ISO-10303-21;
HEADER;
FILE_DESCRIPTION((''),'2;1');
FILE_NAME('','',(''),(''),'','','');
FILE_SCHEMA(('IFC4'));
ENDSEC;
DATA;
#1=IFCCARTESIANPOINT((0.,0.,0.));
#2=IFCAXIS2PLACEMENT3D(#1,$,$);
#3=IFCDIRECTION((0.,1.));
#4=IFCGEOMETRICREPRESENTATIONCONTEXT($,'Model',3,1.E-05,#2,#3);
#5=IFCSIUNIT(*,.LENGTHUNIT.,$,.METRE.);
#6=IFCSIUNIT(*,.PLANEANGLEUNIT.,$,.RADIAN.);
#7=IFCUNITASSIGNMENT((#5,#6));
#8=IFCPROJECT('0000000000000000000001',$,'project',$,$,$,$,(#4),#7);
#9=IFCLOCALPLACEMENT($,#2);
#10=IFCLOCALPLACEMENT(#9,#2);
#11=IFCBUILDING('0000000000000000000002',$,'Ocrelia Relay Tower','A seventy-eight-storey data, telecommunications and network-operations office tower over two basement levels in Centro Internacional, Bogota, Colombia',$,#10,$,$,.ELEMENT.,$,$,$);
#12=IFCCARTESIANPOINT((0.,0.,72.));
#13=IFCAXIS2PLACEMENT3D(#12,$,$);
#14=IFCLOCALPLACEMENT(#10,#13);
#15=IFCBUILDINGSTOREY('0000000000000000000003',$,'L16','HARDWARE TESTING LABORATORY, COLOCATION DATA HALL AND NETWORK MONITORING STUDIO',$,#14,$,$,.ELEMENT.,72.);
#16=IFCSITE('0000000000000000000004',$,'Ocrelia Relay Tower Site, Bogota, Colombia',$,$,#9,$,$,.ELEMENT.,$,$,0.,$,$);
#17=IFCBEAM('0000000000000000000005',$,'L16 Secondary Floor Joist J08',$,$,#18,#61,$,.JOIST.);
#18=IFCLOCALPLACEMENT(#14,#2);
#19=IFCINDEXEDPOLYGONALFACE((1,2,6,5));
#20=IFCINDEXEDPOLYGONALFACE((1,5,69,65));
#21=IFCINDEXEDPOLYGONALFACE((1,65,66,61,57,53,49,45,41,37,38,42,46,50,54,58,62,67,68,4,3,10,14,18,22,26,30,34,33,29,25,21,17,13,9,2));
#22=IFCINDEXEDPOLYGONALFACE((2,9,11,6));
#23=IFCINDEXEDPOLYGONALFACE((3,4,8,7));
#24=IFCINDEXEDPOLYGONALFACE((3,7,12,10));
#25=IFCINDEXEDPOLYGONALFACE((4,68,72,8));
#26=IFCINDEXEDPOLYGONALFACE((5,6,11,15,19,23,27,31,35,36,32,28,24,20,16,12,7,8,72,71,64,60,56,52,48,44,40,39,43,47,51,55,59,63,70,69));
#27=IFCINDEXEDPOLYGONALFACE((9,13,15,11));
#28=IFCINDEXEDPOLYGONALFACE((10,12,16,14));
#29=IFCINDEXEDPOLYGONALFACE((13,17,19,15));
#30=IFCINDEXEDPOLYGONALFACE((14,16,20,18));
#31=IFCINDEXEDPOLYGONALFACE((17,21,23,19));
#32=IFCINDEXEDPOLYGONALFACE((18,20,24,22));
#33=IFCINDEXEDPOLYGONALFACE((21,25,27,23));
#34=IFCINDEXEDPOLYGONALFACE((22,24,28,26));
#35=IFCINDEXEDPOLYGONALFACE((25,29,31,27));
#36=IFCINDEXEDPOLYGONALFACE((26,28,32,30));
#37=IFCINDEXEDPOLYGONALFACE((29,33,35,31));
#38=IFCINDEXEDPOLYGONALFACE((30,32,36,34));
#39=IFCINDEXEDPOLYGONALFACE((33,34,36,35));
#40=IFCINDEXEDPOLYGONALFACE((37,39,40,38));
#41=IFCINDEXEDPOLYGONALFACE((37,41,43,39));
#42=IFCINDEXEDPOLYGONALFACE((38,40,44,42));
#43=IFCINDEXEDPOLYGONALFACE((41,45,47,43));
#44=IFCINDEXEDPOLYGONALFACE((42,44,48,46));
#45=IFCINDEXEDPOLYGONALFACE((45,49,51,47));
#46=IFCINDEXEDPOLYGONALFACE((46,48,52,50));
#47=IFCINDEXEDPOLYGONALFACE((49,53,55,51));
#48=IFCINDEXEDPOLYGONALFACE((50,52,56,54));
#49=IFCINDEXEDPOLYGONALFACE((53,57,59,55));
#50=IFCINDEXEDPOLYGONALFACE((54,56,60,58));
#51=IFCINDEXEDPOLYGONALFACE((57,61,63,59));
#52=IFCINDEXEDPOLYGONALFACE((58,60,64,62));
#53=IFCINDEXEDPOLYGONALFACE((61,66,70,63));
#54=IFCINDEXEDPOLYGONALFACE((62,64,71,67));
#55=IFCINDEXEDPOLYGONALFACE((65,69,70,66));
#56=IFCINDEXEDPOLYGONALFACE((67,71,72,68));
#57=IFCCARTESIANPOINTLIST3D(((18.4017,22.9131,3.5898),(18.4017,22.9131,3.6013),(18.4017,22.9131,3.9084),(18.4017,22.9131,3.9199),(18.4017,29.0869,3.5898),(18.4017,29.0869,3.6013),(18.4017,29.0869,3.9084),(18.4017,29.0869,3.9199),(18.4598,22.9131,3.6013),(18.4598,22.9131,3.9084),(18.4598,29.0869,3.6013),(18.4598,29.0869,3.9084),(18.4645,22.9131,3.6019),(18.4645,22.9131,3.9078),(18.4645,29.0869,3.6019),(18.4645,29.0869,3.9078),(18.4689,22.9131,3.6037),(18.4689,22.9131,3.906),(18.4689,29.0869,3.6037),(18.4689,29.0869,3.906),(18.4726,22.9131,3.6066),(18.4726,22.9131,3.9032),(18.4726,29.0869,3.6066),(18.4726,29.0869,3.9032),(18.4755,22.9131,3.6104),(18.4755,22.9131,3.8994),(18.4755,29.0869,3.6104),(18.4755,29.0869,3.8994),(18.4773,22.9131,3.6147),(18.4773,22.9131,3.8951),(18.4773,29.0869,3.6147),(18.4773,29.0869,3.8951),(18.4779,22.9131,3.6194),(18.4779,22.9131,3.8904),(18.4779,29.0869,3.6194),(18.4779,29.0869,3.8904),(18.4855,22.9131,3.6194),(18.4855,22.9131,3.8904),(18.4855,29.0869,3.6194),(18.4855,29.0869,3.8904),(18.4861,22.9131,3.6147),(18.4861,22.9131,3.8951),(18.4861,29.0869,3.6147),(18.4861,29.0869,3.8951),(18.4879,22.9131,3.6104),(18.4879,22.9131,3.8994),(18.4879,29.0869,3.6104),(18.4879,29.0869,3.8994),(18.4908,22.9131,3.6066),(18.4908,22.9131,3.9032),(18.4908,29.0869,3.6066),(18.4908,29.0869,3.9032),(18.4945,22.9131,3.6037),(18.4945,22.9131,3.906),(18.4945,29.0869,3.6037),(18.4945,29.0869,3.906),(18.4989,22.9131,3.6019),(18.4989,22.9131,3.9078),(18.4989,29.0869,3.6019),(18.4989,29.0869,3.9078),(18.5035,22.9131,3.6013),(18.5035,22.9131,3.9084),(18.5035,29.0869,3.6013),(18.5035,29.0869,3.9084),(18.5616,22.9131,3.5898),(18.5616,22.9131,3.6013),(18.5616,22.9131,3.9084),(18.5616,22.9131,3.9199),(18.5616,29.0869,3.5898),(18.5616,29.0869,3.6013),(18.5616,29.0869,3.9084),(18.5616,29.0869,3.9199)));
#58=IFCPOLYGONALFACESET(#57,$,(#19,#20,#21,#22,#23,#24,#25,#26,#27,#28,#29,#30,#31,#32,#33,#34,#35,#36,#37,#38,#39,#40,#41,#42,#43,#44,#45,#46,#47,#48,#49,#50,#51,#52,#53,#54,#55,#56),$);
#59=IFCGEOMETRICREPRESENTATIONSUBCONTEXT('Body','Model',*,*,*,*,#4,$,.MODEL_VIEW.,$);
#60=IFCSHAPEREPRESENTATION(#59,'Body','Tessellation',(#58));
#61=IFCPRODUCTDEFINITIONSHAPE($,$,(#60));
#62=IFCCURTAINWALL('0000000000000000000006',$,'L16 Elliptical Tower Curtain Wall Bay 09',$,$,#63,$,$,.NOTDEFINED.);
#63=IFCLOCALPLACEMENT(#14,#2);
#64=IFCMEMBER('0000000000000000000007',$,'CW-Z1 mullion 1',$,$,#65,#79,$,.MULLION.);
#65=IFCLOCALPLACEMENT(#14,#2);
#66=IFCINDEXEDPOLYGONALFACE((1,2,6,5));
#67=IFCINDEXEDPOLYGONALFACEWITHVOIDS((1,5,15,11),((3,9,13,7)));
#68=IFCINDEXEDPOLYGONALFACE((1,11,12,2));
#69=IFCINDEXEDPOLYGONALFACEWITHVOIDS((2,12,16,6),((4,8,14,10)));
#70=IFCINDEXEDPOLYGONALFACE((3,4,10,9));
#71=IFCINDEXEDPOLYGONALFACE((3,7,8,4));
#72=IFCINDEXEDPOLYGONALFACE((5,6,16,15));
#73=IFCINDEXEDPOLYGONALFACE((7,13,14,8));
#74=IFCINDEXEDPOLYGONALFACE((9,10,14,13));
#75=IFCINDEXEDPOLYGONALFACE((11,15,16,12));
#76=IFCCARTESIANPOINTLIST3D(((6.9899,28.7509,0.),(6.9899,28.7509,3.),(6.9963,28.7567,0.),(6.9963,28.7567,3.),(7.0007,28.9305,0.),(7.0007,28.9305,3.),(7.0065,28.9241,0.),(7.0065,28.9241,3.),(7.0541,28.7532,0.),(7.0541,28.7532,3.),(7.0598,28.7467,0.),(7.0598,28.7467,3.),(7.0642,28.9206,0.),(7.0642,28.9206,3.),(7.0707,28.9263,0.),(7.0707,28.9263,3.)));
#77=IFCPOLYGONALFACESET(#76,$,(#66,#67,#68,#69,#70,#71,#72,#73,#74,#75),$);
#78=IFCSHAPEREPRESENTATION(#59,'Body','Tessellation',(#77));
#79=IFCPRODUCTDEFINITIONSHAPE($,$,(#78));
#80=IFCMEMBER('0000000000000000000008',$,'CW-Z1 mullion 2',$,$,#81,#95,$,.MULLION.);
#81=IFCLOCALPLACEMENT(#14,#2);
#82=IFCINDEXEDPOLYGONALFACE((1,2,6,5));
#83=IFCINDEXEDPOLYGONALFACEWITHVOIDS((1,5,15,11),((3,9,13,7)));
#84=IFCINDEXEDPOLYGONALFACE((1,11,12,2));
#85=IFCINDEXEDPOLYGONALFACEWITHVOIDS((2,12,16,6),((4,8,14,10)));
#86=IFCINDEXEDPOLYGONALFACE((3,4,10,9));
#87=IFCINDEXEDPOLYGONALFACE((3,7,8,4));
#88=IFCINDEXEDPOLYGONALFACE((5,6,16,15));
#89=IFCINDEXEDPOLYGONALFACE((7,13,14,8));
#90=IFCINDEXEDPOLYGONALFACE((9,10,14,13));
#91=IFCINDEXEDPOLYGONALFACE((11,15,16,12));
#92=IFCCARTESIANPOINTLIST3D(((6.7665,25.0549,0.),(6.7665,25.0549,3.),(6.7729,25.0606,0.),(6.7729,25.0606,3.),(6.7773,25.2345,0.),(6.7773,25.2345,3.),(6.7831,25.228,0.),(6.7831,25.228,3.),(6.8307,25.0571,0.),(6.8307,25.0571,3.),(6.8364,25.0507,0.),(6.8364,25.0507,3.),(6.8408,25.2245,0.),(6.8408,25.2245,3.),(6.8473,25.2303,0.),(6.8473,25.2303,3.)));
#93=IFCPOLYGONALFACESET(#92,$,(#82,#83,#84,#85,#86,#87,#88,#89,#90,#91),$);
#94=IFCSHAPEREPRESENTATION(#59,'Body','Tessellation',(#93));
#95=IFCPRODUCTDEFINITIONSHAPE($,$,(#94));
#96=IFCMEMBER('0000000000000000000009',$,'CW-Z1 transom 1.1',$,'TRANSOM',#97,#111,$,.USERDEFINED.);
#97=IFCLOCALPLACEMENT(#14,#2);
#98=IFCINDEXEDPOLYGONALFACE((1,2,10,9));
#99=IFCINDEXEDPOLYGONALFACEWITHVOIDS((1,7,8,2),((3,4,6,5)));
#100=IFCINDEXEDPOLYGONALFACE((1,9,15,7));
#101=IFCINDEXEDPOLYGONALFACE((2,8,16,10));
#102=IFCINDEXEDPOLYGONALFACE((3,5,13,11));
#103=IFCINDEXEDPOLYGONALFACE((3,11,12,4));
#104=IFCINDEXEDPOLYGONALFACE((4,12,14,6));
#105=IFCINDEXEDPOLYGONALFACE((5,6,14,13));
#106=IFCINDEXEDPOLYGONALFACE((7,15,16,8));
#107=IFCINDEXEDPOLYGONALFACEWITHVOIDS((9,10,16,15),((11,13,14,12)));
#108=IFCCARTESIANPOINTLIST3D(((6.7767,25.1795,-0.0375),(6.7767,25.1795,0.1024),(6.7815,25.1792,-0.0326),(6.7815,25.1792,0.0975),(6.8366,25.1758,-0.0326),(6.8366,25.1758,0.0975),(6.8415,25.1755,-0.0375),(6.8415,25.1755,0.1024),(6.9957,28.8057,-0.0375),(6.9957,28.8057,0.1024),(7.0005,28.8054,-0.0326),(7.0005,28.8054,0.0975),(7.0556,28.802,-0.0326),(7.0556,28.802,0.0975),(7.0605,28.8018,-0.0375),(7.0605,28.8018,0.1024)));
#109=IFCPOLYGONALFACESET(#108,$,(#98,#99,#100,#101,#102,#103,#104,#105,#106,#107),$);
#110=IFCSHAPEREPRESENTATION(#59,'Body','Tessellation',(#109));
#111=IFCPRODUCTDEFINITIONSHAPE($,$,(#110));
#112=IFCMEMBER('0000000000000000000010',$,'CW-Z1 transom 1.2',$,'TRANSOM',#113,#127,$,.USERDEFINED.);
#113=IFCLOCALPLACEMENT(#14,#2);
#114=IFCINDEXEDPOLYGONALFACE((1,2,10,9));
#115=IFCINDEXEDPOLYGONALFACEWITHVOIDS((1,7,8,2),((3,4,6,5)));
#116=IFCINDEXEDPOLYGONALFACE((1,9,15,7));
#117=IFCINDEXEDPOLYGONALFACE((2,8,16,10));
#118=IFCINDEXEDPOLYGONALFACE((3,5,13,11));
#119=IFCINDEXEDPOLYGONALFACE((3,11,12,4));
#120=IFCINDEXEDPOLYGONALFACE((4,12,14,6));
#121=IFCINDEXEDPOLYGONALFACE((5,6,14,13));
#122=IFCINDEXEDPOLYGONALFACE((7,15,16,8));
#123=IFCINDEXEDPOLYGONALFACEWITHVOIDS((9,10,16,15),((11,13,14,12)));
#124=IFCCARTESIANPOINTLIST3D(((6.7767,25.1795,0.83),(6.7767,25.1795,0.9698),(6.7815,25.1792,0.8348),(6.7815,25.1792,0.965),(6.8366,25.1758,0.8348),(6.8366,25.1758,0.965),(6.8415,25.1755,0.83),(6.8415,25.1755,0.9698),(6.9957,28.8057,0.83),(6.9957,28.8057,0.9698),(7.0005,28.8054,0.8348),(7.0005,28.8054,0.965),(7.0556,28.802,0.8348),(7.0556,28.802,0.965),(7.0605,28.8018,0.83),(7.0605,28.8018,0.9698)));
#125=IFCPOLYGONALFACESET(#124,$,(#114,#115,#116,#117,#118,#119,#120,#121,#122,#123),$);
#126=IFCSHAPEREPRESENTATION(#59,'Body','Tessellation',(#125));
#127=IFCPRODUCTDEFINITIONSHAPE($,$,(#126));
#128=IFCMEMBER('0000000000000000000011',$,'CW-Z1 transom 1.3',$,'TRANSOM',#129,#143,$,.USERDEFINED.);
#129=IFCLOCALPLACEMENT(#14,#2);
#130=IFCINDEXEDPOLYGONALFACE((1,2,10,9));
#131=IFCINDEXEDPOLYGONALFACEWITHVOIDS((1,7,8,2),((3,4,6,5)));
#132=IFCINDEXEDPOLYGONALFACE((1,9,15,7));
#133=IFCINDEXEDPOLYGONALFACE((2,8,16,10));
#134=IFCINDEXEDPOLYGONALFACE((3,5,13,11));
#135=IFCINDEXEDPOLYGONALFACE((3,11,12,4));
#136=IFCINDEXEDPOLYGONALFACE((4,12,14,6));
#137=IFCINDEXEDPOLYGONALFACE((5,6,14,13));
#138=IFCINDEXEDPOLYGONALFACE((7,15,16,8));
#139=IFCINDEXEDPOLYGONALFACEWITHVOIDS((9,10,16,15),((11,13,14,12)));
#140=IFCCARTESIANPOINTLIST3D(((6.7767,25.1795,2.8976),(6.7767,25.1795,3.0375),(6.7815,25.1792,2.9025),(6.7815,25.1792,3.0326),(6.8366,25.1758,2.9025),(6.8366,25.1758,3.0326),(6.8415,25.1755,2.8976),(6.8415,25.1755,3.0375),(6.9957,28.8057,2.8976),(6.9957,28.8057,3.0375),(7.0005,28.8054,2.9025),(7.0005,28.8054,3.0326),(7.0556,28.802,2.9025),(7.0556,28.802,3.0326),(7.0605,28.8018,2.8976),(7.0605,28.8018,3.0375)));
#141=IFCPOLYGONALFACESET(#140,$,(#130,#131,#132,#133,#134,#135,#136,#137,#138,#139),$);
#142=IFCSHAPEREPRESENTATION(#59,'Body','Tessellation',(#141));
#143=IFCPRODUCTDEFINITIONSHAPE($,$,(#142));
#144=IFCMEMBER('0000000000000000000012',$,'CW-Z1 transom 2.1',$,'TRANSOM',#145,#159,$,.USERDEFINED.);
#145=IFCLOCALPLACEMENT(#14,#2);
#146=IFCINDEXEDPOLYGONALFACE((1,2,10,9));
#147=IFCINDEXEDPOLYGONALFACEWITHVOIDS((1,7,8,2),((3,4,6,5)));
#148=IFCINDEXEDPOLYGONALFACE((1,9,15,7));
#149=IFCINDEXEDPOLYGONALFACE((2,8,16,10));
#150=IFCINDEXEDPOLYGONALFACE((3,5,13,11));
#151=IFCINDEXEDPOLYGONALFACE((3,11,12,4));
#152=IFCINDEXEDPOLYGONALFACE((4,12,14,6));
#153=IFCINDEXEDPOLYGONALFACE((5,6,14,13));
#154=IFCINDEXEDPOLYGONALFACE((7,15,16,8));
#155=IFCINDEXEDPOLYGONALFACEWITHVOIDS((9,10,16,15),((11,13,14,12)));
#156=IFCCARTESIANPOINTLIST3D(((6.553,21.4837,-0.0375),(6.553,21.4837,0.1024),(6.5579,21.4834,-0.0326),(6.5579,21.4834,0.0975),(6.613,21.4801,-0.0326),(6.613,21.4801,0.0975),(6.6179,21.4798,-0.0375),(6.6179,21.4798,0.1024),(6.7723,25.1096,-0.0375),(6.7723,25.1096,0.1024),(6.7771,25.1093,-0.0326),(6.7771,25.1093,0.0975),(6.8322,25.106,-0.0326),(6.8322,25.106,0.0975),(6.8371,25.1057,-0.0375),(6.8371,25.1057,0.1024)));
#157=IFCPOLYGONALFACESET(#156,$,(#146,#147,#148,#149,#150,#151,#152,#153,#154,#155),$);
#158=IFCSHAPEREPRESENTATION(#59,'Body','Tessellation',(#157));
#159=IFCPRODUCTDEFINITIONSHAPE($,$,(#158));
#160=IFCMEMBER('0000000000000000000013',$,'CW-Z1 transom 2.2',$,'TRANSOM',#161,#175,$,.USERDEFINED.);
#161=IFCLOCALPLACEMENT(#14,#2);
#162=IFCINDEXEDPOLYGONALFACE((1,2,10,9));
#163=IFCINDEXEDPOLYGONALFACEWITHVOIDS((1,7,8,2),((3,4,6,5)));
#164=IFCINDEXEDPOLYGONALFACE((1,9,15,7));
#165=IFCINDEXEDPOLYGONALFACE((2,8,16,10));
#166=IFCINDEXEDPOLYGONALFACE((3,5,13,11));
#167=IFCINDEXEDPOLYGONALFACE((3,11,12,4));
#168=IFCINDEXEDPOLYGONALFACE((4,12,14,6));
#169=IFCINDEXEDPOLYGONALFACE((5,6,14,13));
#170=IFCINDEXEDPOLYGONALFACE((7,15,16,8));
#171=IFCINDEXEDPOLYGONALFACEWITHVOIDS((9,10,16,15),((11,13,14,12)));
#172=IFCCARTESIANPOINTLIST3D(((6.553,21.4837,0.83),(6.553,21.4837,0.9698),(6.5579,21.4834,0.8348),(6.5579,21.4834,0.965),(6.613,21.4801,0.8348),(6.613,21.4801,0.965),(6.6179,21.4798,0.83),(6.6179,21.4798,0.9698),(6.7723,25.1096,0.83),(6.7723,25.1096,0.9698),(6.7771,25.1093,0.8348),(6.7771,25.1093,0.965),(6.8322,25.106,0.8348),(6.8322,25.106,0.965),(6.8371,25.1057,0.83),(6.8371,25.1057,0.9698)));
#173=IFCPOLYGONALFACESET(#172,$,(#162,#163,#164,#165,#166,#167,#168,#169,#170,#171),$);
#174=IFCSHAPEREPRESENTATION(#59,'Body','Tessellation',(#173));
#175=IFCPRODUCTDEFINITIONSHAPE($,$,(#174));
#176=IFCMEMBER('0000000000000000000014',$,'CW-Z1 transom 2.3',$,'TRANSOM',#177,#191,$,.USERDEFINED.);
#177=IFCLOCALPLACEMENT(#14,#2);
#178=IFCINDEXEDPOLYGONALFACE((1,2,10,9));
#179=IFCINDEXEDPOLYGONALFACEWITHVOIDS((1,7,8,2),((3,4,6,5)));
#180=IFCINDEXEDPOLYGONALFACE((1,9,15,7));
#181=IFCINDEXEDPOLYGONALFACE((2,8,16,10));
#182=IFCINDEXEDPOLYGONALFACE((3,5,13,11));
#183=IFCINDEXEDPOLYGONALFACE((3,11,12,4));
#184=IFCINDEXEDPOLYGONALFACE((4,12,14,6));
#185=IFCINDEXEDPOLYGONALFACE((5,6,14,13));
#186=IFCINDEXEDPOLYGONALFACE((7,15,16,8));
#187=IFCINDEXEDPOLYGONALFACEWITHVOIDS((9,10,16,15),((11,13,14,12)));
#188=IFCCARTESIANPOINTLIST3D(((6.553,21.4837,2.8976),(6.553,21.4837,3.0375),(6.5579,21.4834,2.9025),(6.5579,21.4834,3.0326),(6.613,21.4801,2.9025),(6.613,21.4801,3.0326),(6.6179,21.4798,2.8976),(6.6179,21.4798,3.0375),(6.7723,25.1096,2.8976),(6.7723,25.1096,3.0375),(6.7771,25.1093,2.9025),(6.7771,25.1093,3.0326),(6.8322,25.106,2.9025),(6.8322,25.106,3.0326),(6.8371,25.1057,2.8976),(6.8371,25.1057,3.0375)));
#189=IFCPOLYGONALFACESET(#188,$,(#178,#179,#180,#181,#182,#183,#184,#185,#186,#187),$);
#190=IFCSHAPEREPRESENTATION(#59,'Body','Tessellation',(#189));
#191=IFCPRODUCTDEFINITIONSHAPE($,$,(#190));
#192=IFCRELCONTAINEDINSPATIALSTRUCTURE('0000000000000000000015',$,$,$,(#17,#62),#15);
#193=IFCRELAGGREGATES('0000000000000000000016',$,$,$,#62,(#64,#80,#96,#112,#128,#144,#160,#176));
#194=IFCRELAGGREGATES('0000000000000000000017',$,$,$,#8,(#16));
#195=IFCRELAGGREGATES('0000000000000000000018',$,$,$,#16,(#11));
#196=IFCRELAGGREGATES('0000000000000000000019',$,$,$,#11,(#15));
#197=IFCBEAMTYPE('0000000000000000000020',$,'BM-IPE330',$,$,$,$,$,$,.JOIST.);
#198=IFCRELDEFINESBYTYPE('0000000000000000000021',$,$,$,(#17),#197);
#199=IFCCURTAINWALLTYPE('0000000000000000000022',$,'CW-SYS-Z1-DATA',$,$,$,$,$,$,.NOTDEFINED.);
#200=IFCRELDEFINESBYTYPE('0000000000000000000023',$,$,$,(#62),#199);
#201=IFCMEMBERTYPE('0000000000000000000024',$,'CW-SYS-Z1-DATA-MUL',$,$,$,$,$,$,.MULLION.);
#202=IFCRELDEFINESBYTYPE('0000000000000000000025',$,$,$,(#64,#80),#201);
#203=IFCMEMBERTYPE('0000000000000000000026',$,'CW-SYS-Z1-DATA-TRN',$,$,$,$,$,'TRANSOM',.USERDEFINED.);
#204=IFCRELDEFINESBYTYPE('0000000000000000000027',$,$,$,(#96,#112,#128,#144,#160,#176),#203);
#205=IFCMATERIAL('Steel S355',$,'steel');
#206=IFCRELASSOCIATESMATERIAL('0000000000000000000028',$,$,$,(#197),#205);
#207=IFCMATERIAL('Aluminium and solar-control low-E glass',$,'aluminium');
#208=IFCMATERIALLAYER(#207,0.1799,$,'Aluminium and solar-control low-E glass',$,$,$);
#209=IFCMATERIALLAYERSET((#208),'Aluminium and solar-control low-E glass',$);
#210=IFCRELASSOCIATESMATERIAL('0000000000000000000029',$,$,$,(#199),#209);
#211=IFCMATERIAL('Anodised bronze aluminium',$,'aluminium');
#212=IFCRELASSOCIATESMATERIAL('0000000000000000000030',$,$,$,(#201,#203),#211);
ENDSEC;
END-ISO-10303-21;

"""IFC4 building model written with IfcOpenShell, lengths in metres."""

from ifc_helpers import new_model, si_unit, direction, frame, origin, origin_2d, place, context, subcontext, project, spatial, hollow_rectangle, i_section, extrude, material, layer, layer_set, material_profile, profile_set, type_object, element, aggregate, save


model = new_model("IFC4")

# Units and contexts
model_context = context("Model", 3, precision=1e-05, world=origin(), true_north=direction((0.0, 1.0)))
body_context = subcontext(model_context, "Body", "Model", "MODEL_VIEW")
ifc_project = project(units=[si_unit("LENGTHUNIT", "METRE"), si_unit("PLANEANGLEUNIT", "RADIAN")], contexts=[model_context])

# Site, building, storey
site_placement = place(None, origin())
site = spatial("IfcSite", under=ifc_project, at=site_placement, Name="Ocrelia Relay Tower Site, Bogota, Colombia", CompositionType="ELEMENT", RefElevation=0.0)
building_placement = place(site_placement, origin())
building = spatial("IfcBuilding", under=site, at=building_placement, Name="Ocrelia Relay Tower", Description="A seventy-eight-storey data, telecommunications and network-operations office tower over two basement levels in Centro Internacional, Bogota, Colombia", CompositionType="ELEMENT")
storey_placement = place(building_placement, frame((0.0, 0.0, 72.0)))
storey = spatial("IfcBuildingStorey", under=building, at=storey_placement, Name="L16", Description="HARDWARE TESTING LABORATORY, COLOCATION DATA HALL AND NETWORK MONITORING STUDIO", CompositionType="ELEMENT", Elevation=72.0)

# Beam
ifc_material_1 = material(Name="Steel S355", Category="steel")
ifc_material_profile_1 = material_profile(ifc_material_1, i_section(OverallWidth=0.1599, OverallDepth=0.3301, WebThickness=0.0076, FlangeThickness=0.0115, FilletRadius=0.0181, at=origin_2d()), Name="IPE 330")
ifc_profile_set_1 = profile_set([ifc_material_profile_1], Name="Steel S355")
beam_type_1 = type_object("IfcBeamType", Name="BM-IPE330", PredefinedType="JOIST", material=ifc_profile_set_1)
beam_1_placement = place(storey_placement, frame((18.4817, 29.0869, 3.7549), z_axis=(0.0, -1.0, 0.0), x_axis=(1.0, 0.0, 0.0)))
element("IfcBeam", 1, at=beam_1_placement, inside=storey, type_object=beam_type_1, Name="L16 Secondary Floor Joist J08", PredefinedType="JOIST", context=body_context, shape_type="SweptSolid", body=[
    extrude(i_section(OverallWidth=0.1599, OverallDepth=0.3301, WebThickness=0.0076, FlangeThickness=0.0115, FilletRadius=0.0181, at=origin_2d()), origin(), (0.0, 0.0, 1.0), 6.1738),
])

# Curtain wall, members
ifc_material_2 = material(Name="Aluminium and solar-control low-E glass", Category="aluminium")
ifc_layer_1 = layer(ifc_material_2, 0.1799, Name="Aluminium and solar-control low-E glass")
ifc_layer_set_1 = layer_set([ifc_layer_1], Name="Aluminium and solar-control low-E glass")
curtain_wall_type = type_object("IfcCurtainWallType", Name="CW-SYS-Z1-DATA", PredefinedType="NOTDEFINED", material=ifc_layer_set_1)
curtain_wall_placement = place(storey_placement, origin())
curtain_wall = element("IfcCurtainWall", 2, at=curtain_wall_placement, inside=storey, type_object=curtain_wall_type, Name="L16 Elliptical Tower Curtain Wall Bay 09", PredefinedType="NOTDEFINED")
ifc_material_3 = material(Name="Anodised bronze aluminium", Category="aluminium")
ifc_material_profile_2 = material_profile(ifc_material_3, hollow_rectangle(XDim=0.0701, YDim=0.1799, WallThickness=0.0061, at=origin_2d()), Name="CW-MUL-180x70")
ifc_profile_set_2 = profile_set([ifc_material_profile_2], Name="Anodised bronze aluminium")
member_type_1 = type_object("IfcMemberType", Name="CW-SYS-Z1-DATA-MUL", PredefinedType="MULLION", material=ifc_profile_set_2)
member_1_placement = place(storey_placement, frame((7.0303, 28.8386, 0.0), z_axis=(0.0, 0.0, 1.0), x_axis=(0.998178, -0.060344, 0.0)))
member_1 = element("IfcMember", 3, at=member_1_placement, type_object=member_type_1, Name="CW-Z1 mullion 1", PredefinedType="MULLION", context=body_context, shape_type="SweptSolid", body=[
    extrude(hollow_rectangle(XDim=0.0701, YDim=0.1799, WallThickness=0.0061, at=origin_2d()), origin(), (0.0, 0.0, 1.0), 3.0),
])
member_2_placement = place(storey_placement, frame((6.8069, 25.1426, 0.0), z_axis=(0.0, 0.0, 1.0), x_axis=(0.998178, -0.060344, 0.0)))
member_2 = element("IfcMember", 4, at=member_2_placement, type_object=member_type_1, Name="CW-Z1 mullion 2", PredefinedType="MULLION", context=body_context, shape_type="SweptSolid", body=[
    extrude(hollow_rectangle(XDim=0.0701, YDim=0.1799, WallThickness=0.0061, at=origin_2d()), origin(), (0.0, 0.0, 1.0), 3.0),
])
ifc_material_profile_3 = material_profile(ifc_material_3, hollow_rectangle(XDim=0.0649, YDim=0.1399, WallThickness=0.0049, at=origin_2d()), Name="CW-TRN-140x65")
ifc_profile_set_3 = profile_set([ifc_material_profile_3], Name="Anodised bronze aluminium")
member_type_2 = type_object("IfcMemberType", Name="CW-SYS-Z1-DATA-TRN", ElementType="TRANSOM", PredefinedType="USERDEFINED", material=ifc_profile_set_3)
member_3_placement = place(storey_placement, frame((7.0281, 28.8037, 0.0325), z_axis=(-0.060282, -0.998181, 0.0), x_axis=(0.998181, -0.060282, 0.0)))
member_3 = element("IfcMember", 5, at=member_3_placement, type_object=member_type_2, Name="CW-Z1 transom 1.1", ObjectType="TRANSOM", PredefinedType="USERDEFINED", context=body_context, shape_type="SweptSolid", body=[
    extrude(hollow_rectangle(XDim=0.0649, YDim=0.1399, WallThickness=0.0049, at=origin_2d()), origin(), (0.0, 0.0, 1.0), 3.6328),
])
member_4_placement = place(storey_placement, frame((7.0281, 28.8037, 0.8999), z_axis=(-0.060282, -0.998181, 0.0), x_axis=(0.998181, -0.060282, 0.0)))
member_4 = element("IfcMember", 6, at=member_4_placement, type_object=member_type_2, Name="CW-Z1 transom 1.2", ObjectType="TRANSOM", PredefinedType="USERDEFINED", context=body_context, shape_type="SweptSolid", body=[
    extrude(hollow_rectangle(XDim=0.0649, YDim=0.1399, WallThickness=0.0049, at=origin_2d()), origin(), (0.0, 0.0, 1.0), 3.6328),
])
member_5_placement = place(storey_placement, frame((7.0281, 28.8037, 2.9675), z_axis=(-0.060282, -0.998181, 0.0), x_axis=(0.998181, -0.060282, 0.0)))
member_5 = element("IfcMember", 7, at=member_5_placement, type_object=member_type_2, Name="CW-Z1 transom 1.3", ObjectType="TRANSOM", PredefinedType="USERDEFINED", context=body_context, shape_type="SweptSolid", body=[
    extrude(hollow_rectangle(XDim=0.0649, YDim=0.1399, WallThickness=0.0049, at=origin_2d()), origin(), (0.0, 0.0, 1.0), 3.6328),
])
member_6_placement = place(storey_placement, frame((6.8047, 25.1077, 0.0325), z_axis=(-0.060353, -0.998177, 0.0), x_axis=(0.998177, -0.060353, 0.0)))
member_6 = element("IfcMember", 8, at=member_6_placement, type_object=member_type_2, Name="CW-Z1 transom 2.1", ObjectType="TRANSOM", PredefinedType="USERDEFINED", context=body_context, shape_type="SweptSolid", body=[
    extrude(hollow_rectangle(XDim=0.0649, YDim=0.1399, WallThickness=0.0049, at=origin_2d()), origin(), (0.0, 0.0, 1.0), 3.6326),
])
member_7_placement = place(storey_placement, frame((6.8047, 25.1077, 0.8999), z_axis=(-0.060353, -0.998177, 0.0), x_axis=(0.998177, -0.060353, 0.0)))
member_7 = element("IfcMember", 9, at=member_7_placement, type_object=member_type_2, Name="CW-Z1 transom 2.2", ObjectType="TRANSOM", PredefinedType="USERDEFINED", context=body_context, shape_type="SweptSolid", body=[
    extrude(hollow_rectangle(XDim=0.0649, YDim=0.1399, WallThickness=0.0049, at=origin_2d()), origin(), (0.0, 0.0, 1.0), 3.6326),
])
member_8_placement = place(storey_placement, frame((6.8047, 25.1077, 2.9675), z_axis=(-0.060353, -0.998177, 0.0), x_axis=(0.998177, -0.060353, 0.0)))
member_8 = element("IfcMember", 10, at=member_8_placement, type_object=member_type_2, Name="CW-Z1 transom 2.3", ObjectType="TRANSOM", PredefinedType="USERDEFINED", context=body_context, shape_type="SweptSolid", body=[
    extrude(hollow_rectangle(XDim=0.0649, YDim=0.1399, WallThickness=0.0049, at=origin_2d()), origin(), (0.0, 0.0, 1.0), 3.6326),
])
aggregate(curtain_wall, [member_1, member_2, member_3, member_4, member_5, member_6, member_7, member_8])

save(model, "model.ifc")
